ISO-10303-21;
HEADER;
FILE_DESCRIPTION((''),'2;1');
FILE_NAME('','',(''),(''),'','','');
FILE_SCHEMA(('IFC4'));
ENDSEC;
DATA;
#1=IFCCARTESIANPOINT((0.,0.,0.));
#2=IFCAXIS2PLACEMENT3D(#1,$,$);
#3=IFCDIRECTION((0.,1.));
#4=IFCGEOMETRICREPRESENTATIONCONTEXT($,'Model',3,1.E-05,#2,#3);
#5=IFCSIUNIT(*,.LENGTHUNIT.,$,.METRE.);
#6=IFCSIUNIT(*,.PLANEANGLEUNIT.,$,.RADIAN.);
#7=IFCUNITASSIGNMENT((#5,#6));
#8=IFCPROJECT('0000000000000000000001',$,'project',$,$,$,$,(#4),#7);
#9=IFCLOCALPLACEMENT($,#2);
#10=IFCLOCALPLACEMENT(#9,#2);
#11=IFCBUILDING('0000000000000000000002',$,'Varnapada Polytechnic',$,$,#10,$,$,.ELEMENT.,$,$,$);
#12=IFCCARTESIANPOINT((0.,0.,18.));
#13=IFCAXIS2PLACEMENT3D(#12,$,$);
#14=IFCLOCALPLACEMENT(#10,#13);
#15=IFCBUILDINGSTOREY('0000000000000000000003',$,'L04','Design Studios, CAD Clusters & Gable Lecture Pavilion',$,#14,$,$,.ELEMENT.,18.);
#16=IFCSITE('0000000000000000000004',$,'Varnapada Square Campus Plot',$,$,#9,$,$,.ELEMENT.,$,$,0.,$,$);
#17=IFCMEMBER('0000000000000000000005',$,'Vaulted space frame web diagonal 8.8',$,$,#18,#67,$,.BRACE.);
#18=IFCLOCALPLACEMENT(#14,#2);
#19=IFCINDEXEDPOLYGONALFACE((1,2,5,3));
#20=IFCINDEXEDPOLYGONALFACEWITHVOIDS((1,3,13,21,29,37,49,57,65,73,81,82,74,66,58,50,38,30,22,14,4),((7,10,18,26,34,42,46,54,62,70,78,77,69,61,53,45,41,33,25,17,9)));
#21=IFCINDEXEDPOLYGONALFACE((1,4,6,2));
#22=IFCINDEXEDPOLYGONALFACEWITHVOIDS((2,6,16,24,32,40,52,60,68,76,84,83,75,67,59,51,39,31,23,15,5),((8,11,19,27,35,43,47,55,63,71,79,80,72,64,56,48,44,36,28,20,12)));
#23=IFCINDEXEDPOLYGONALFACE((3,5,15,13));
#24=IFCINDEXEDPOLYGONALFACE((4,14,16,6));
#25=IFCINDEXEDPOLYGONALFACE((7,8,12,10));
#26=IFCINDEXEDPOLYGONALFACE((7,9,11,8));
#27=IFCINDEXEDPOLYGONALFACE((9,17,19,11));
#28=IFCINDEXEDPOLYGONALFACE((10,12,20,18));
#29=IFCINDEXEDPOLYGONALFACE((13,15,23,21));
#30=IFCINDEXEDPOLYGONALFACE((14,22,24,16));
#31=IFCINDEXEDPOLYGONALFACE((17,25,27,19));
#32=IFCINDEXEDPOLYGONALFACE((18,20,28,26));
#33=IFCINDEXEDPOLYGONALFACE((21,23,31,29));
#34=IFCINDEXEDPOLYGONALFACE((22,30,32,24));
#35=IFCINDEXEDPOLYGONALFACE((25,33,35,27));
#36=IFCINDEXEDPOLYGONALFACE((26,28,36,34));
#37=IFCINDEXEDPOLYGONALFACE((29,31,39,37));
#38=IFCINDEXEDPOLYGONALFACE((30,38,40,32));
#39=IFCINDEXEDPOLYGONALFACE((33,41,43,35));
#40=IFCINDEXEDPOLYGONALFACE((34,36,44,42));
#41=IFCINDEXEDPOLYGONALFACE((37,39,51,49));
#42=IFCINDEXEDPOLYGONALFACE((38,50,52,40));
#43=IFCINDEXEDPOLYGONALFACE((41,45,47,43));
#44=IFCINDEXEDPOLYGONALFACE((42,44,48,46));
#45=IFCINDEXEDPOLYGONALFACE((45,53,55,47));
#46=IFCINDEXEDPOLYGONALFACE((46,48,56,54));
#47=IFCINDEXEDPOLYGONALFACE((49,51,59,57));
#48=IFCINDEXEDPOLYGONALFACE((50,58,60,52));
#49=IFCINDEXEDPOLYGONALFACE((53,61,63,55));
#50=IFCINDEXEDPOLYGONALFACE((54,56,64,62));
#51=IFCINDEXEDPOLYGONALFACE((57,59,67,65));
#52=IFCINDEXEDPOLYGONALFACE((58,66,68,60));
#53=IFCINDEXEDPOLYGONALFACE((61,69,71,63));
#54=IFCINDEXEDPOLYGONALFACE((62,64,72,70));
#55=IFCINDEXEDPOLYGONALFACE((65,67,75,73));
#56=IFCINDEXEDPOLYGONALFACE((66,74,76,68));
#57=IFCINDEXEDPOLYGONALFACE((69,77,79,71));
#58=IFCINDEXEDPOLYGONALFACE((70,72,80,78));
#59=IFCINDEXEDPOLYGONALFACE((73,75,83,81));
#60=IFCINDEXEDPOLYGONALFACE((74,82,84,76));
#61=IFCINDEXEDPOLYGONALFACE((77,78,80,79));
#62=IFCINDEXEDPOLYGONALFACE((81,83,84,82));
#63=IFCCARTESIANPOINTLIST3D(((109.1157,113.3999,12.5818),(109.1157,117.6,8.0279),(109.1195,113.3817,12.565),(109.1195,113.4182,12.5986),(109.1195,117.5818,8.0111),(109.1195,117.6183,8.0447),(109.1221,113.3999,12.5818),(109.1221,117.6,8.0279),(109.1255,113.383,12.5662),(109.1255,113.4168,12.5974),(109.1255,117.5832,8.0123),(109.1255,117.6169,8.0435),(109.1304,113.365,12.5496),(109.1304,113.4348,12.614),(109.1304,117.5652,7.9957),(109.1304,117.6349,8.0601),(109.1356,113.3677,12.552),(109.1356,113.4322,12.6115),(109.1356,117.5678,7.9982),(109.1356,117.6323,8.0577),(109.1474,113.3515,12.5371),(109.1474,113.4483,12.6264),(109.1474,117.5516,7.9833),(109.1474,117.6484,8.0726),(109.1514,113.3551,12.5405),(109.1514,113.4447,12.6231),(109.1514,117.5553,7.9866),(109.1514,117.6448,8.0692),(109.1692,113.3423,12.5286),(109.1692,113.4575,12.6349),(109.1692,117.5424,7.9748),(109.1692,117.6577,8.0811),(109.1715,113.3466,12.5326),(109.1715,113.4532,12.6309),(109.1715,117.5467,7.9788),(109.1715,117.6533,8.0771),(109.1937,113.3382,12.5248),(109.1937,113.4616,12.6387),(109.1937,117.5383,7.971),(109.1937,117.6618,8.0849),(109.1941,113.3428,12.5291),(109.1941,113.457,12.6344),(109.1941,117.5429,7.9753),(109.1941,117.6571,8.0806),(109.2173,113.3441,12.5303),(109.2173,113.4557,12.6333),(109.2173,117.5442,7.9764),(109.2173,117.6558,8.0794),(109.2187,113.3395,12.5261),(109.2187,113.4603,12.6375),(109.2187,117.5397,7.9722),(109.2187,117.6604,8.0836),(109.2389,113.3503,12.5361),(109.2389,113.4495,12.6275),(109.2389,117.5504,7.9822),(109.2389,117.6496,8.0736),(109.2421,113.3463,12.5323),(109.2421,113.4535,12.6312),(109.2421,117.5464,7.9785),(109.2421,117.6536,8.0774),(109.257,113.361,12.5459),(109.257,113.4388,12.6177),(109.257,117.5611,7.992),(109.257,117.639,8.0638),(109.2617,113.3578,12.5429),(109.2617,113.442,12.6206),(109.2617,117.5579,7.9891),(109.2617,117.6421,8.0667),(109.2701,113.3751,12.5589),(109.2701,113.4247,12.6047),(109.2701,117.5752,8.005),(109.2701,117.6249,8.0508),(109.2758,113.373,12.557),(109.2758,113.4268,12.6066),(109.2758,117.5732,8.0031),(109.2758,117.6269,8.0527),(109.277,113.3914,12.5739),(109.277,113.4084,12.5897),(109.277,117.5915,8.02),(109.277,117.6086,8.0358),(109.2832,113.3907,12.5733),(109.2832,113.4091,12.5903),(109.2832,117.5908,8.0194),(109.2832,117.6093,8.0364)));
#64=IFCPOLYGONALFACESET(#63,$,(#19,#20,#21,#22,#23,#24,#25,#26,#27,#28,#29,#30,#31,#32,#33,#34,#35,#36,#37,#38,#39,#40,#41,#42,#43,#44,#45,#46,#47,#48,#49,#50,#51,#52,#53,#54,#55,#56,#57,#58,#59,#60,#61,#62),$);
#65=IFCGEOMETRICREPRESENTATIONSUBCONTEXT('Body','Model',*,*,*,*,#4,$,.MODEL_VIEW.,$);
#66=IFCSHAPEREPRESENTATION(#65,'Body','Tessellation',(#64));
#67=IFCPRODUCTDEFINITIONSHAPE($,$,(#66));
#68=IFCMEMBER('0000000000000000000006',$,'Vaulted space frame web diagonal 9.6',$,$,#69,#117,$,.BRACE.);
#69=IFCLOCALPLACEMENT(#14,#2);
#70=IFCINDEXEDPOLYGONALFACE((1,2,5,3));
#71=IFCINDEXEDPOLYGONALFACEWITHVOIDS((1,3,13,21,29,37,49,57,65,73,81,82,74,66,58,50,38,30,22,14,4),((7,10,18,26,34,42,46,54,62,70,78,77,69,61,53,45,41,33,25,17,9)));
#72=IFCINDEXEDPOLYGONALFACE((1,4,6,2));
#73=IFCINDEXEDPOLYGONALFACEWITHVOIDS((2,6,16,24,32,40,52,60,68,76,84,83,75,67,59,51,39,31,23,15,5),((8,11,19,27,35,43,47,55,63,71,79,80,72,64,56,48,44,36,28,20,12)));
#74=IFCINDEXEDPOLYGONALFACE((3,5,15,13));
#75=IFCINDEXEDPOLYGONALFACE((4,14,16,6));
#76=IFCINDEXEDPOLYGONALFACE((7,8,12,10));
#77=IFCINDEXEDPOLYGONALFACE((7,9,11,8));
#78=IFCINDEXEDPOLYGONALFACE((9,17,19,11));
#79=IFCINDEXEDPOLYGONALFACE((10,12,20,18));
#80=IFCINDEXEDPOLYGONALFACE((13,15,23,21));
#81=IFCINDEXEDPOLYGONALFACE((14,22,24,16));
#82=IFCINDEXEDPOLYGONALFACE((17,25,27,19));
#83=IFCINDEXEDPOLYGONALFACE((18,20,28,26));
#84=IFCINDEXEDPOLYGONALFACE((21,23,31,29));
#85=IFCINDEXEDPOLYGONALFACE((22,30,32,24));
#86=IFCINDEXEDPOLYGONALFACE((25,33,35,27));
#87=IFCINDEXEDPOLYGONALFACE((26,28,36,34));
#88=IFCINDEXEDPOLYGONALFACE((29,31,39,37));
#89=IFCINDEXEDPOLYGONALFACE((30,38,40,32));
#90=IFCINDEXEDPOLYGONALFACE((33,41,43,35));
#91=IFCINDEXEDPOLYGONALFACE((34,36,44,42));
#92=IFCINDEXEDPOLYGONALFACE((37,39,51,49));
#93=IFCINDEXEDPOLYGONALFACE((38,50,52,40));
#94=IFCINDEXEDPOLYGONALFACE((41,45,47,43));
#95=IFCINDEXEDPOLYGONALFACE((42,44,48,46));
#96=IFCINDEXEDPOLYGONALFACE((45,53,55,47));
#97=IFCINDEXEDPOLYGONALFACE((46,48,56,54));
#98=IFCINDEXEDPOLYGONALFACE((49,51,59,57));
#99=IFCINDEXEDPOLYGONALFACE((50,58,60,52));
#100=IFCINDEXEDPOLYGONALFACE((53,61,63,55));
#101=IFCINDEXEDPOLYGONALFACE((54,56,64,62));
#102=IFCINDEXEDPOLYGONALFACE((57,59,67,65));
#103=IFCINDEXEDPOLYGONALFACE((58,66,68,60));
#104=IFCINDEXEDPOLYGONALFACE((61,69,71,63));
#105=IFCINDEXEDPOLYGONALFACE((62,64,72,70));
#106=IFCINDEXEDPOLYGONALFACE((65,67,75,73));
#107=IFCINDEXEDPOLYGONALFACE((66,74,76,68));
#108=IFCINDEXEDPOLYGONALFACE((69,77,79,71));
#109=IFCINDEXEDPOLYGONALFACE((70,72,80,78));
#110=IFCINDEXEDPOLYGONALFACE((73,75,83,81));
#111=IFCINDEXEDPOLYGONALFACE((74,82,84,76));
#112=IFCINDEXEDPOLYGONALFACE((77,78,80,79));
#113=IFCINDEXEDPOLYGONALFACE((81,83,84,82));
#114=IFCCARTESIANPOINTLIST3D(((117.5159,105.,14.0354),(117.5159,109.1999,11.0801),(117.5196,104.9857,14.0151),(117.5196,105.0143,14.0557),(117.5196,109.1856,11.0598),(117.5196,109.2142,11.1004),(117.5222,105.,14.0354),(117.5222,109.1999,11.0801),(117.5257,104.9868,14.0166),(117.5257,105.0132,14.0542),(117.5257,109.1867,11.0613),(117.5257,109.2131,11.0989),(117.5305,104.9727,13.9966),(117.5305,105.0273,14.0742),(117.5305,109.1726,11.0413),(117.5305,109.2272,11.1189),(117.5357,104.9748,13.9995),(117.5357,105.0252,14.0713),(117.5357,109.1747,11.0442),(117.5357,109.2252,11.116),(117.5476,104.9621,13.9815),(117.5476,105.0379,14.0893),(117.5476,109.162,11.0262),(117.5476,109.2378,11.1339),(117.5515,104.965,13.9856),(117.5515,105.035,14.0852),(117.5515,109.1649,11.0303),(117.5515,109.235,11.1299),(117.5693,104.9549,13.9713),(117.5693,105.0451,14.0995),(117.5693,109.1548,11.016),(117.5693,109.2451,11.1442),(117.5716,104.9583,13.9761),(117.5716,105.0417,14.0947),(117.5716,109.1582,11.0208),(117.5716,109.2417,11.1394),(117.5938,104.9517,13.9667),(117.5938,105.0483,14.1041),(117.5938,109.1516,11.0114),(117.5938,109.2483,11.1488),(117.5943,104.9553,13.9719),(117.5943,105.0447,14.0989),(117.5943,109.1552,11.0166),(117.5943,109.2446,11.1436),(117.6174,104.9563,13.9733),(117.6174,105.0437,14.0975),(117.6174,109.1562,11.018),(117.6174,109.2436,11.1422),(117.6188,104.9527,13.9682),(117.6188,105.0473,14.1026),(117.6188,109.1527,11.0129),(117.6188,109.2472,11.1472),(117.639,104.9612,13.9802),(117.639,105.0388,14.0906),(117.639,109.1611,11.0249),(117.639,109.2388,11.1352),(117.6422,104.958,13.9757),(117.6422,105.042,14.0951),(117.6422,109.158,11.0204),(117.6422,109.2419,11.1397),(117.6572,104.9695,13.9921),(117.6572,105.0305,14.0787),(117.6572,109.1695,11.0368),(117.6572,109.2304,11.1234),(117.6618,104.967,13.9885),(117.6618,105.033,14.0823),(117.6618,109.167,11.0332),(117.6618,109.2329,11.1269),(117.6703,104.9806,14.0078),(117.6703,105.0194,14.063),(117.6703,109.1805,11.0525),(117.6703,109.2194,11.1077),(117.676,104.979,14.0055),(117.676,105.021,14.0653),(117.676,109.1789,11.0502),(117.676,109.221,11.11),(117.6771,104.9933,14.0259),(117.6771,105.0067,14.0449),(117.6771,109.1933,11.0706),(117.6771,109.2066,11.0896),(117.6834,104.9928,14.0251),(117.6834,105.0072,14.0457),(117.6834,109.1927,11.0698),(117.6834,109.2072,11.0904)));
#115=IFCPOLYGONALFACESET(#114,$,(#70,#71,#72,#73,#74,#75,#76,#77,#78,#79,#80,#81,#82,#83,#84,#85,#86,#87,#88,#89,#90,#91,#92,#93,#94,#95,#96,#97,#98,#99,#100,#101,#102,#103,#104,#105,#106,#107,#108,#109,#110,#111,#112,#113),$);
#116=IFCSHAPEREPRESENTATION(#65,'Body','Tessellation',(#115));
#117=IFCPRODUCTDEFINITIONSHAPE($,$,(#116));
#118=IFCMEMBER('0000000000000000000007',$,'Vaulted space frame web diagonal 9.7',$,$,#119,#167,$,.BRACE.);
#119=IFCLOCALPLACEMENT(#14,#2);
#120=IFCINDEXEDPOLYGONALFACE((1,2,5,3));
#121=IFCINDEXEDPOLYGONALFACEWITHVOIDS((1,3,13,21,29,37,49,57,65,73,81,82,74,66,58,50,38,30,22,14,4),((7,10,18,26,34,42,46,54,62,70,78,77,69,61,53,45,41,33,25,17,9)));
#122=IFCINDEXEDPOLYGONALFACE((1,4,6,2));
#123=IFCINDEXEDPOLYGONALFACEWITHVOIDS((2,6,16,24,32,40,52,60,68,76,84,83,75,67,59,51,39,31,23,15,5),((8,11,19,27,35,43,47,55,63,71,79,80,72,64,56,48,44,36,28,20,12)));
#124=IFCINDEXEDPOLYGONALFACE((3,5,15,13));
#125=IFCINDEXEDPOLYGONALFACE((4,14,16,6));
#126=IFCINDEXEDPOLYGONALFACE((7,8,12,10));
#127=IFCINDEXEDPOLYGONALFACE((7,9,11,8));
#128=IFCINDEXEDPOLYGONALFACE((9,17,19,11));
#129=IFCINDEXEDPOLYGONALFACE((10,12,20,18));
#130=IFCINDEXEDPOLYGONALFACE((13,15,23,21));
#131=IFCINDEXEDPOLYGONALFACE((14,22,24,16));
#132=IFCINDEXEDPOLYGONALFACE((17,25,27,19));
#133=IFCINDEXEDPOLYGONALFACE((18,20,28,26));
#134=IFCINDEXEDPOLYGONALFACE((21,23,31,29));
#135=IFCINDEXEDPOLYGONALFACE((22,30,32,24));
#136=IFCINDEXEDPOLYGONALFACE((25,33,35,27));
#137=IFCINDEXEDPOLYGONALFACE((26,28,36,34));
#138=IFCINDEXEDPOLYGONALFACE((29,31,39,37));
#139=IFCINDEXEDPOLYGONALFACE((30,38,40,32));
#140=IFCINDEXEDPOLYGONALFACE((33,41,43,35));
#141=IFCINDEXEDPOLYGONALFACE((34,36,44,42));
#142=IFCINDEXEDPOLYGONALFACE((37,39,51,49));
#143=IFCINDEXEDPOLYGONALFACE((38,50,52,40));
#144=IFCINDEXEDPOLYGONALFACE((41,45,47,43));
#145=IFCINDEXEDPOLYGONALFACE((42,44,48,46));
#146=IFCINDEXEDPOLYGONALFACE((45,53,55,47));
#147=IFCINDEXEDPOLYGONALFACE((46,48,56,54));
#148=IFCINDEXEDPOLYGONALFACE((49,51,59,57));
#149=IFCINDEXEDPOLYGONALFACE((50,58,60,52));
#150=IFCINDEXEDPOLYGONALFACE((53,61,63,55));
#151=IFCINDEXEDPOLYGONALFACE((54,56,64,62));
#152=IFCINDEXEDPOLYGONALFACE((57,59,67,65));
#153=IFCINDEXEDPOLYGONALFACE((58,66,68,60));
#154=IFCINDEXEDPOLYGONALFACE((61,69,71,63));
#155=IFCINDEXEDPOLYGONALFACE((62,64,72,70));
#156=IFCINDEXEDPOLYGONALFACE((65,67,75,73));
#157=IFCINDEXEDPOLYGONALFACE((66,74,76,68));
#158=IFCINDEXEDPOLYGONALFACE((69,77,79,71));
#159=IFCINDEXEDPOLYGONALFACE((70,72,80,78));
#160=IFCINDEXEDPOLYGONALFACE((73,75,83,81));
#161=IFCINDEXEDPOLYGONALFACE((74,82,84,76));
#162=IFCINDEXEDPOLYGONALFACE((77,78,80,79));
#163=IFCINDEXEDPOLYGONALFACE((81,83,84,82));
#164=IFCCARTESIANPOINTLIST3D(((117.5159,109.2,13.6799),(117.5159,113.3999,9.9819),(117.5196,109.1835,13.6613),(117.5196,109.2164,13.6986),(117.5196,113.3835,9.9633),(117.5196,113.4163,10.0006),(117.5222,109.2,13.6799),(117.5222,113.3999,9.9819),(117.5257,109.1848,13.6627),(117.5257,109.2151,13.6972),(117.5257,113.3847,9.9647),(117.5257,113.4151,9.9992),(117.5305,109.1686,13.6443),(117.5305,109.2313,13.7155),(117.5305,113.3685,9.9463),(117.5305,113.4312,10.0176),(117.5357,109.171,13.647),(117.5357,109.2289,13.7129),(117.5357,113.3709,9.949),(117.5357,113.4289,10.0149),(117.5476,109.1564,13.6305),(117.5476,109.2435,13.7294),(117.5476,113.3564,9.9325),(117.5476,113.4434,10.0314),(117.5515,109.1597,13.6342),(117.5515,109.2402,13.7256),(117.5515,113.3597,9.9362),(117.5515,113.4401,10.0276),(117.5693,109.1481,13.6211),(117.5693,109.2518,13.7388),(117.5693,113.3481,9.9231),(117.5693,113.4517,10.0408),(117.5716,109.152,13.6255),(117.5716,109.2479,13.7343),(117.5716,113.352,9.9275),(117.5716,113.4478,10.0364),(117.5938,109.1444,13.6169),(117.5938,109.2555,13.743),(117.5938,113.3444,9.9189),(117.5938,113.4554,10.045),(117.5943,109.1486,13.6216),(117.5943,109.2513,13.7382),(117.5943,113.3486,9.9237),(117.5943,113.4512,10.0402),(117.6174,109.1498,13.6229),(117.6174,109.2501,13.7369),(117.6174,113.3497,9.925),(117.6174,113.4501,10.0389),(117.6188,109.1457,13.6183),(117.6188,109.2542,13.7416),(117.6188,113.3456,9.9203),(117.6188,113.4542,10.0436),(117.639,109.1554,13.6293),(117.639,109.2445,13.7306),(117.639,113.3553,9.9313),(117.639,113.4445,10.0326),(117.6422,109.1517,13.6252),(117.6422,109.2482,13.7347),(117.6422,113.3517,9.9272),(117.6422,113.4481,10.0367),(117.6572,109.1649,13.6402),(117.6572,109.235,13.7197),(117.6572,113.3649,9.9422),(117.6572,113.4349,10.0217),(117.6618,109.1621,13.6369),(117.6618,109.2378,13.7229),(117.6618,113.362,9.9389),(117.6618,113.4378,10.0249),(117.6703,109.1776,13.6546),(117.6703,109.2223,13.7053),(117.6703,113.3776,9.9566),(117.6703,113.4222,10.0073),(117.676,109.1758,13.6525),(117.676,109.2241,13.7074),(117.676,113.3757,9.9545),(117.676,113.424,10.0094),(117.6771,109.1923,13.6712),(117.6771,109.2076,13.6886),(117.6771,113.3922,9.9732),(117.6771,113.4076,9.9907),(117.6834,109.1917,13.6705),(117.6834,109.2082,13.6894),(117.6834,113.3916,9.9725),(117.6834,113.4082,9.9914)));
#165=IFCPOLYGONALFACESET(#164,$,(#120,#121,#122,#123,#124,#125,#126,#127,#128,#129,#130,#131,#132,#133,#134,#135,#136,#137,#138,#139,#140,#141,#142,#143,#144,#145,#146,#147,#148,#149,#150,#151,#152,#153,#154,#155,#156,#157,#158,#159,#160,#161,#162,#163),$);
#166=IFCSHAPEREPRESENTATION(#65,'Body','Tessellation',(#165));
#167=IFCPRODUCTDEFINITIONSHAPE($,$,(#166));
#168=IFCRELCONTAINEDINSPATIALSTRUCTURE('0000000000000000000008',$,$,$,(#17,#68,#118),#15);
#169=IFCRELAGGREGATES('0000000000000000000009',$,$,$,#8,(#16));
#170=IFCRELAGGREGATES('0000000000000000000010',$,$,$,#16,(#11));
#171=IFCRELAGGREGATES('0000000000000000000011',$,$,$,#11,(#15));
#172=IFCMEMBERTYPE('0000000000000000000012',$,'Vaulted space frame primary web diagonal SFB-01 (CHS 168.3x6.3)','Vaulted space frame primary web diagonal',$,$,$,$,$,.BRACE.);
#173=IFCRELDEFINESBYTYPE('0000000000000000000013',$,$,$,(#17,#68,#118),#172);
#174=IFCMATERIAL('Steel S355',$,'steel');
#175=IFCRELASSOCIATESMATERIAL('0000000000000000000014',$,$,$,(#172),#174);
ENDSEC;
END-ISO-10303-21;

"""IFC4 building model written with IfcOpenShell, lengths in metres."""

from ifc_helpers import new_model, si_unit, direction, frame, origin, origin_2d, place, context, subcontext, project, spatial, hollow_circle, extrude, material, material_profile, profile_set, type_object, element, save


model = new_model("IFC4")

# Units and contexts
model_context = context("Model", 3, precision=1e-05, world=origin(), true_north=direction((0.0, 1.0)))
body_context = subcontext(model_context, "Body", "Model", "MODEL_VIEW")
ifc_project = project(units=[si_unit("LENGTHUNIT", "METRE"), si_unit("PLANEANGLEUNIT", "RADIAN")], contexts=[model_context])

# Site, building, storey
site_placement = place(None, origin())
site = spatial("IfcSite", under=ifc_project, at=site_placement, Name="Varnapada Square Campus Plot", CompositionType="ELEMENT", RefElevation=0.0)
building_placement = place(site_placement, origin())
building = spatial("IfcBuilding", under=site, at=building_placement, Name="Varnapada Polytechnic", CompositionType="ELEMENT")
storey_placement = place(building_placement, frame((0.0, 0.0, 18.0)))
storey = spatial("IfcBuildingStorey", under=building, at=storey_placement, Name="L04", Description="Design Studios, CAD Clusters & Gable Lecture Pavilion", CompositionType="ELEMENT", Elevation=18.0)

# Shared definitions
ifc_material = material(Name="Steel S355", Category="steel")

# Members
ifc_material_profile_1 = material_profile(ifc_material, hollow_circle(Radius=0.0842, WallThickness=0.0063, at=origin_2d()), Name="CHS 168.3x6.3")
ifc_profile_set_1 = profile_set([ifc_material_profile_1], Name="Steel S355")
member_type_1 = type_object("IfcMemberType", Name="Vaulted space frame primary web diagonal SFB-01 (CHS 168.3x6.3)", Description="Vaulted space frame primary web diagonal", PredefinedType="BRACE", material=ifc_profile_set_1)
member_1_placement = place(storey_placement, frame((109.2, 113.3999, 12.5818), z_axis=(0.0, 0.677979, -0.735081), x_axis=(-1.0, 0.0, 0.0)))
element("IfcMember", 1, at=member_1_placement, inside=storey, type_object=member_type_1, Name="Vaulted space frame web diagonal 8.8", PredefinedType="BRACE", context=body_context, shape_type="SweptSolid", body=[
    extrude(hollow_circle(Radius=0.0842, WallThickness=0.0063, at=origin_2d()), origin(), (0.0, 0.0, 1.0), 6.1951),
])
member_2_placement = place(storey_placement, frame((117.6001, 105.0, 14.0354), z_axis=(0.0, 0.817825, -0.575467), x_axis=(-1.0, 0.0, 0.0)))
element("IfcMember", 2, at=member_2_placement, inside=storey, type_object=member_type_1, Name="Vaulted space frame web diagonal 9.6", PredefinedType="BRACE", context=body_context, shape_type="SweptSolid", body=[
    extrude(hollow_circle(Radius=0.0842, WallThickness=0.0063, at=origin_2d()), origin(), (0.0, 0.0, 1.0), 5.1355),
])
member_3_placement = place(storey_placement, frame((117.6001, 109.2, 13.6799), z_axis=(0.0, 0.750533, -0.660833), x_axis=(-1.0, 0.0, 0.0)))
element("IfcMember", 3, at=member_3_placement, inside=storey, type_object=member_type_1, Name="Vaulted space frame web diagonal 9.7", PredefinedType="BRACE", context=body_context, shape_type="SweptSolid", body=[
    extrude(hollow_circle(Radius=0.0842, WallThickness=0.0063, at=origin_2d()), origin(), (0.0, 0.0, 1.0), 5.5959),
])

save(model, "model.ifc")
